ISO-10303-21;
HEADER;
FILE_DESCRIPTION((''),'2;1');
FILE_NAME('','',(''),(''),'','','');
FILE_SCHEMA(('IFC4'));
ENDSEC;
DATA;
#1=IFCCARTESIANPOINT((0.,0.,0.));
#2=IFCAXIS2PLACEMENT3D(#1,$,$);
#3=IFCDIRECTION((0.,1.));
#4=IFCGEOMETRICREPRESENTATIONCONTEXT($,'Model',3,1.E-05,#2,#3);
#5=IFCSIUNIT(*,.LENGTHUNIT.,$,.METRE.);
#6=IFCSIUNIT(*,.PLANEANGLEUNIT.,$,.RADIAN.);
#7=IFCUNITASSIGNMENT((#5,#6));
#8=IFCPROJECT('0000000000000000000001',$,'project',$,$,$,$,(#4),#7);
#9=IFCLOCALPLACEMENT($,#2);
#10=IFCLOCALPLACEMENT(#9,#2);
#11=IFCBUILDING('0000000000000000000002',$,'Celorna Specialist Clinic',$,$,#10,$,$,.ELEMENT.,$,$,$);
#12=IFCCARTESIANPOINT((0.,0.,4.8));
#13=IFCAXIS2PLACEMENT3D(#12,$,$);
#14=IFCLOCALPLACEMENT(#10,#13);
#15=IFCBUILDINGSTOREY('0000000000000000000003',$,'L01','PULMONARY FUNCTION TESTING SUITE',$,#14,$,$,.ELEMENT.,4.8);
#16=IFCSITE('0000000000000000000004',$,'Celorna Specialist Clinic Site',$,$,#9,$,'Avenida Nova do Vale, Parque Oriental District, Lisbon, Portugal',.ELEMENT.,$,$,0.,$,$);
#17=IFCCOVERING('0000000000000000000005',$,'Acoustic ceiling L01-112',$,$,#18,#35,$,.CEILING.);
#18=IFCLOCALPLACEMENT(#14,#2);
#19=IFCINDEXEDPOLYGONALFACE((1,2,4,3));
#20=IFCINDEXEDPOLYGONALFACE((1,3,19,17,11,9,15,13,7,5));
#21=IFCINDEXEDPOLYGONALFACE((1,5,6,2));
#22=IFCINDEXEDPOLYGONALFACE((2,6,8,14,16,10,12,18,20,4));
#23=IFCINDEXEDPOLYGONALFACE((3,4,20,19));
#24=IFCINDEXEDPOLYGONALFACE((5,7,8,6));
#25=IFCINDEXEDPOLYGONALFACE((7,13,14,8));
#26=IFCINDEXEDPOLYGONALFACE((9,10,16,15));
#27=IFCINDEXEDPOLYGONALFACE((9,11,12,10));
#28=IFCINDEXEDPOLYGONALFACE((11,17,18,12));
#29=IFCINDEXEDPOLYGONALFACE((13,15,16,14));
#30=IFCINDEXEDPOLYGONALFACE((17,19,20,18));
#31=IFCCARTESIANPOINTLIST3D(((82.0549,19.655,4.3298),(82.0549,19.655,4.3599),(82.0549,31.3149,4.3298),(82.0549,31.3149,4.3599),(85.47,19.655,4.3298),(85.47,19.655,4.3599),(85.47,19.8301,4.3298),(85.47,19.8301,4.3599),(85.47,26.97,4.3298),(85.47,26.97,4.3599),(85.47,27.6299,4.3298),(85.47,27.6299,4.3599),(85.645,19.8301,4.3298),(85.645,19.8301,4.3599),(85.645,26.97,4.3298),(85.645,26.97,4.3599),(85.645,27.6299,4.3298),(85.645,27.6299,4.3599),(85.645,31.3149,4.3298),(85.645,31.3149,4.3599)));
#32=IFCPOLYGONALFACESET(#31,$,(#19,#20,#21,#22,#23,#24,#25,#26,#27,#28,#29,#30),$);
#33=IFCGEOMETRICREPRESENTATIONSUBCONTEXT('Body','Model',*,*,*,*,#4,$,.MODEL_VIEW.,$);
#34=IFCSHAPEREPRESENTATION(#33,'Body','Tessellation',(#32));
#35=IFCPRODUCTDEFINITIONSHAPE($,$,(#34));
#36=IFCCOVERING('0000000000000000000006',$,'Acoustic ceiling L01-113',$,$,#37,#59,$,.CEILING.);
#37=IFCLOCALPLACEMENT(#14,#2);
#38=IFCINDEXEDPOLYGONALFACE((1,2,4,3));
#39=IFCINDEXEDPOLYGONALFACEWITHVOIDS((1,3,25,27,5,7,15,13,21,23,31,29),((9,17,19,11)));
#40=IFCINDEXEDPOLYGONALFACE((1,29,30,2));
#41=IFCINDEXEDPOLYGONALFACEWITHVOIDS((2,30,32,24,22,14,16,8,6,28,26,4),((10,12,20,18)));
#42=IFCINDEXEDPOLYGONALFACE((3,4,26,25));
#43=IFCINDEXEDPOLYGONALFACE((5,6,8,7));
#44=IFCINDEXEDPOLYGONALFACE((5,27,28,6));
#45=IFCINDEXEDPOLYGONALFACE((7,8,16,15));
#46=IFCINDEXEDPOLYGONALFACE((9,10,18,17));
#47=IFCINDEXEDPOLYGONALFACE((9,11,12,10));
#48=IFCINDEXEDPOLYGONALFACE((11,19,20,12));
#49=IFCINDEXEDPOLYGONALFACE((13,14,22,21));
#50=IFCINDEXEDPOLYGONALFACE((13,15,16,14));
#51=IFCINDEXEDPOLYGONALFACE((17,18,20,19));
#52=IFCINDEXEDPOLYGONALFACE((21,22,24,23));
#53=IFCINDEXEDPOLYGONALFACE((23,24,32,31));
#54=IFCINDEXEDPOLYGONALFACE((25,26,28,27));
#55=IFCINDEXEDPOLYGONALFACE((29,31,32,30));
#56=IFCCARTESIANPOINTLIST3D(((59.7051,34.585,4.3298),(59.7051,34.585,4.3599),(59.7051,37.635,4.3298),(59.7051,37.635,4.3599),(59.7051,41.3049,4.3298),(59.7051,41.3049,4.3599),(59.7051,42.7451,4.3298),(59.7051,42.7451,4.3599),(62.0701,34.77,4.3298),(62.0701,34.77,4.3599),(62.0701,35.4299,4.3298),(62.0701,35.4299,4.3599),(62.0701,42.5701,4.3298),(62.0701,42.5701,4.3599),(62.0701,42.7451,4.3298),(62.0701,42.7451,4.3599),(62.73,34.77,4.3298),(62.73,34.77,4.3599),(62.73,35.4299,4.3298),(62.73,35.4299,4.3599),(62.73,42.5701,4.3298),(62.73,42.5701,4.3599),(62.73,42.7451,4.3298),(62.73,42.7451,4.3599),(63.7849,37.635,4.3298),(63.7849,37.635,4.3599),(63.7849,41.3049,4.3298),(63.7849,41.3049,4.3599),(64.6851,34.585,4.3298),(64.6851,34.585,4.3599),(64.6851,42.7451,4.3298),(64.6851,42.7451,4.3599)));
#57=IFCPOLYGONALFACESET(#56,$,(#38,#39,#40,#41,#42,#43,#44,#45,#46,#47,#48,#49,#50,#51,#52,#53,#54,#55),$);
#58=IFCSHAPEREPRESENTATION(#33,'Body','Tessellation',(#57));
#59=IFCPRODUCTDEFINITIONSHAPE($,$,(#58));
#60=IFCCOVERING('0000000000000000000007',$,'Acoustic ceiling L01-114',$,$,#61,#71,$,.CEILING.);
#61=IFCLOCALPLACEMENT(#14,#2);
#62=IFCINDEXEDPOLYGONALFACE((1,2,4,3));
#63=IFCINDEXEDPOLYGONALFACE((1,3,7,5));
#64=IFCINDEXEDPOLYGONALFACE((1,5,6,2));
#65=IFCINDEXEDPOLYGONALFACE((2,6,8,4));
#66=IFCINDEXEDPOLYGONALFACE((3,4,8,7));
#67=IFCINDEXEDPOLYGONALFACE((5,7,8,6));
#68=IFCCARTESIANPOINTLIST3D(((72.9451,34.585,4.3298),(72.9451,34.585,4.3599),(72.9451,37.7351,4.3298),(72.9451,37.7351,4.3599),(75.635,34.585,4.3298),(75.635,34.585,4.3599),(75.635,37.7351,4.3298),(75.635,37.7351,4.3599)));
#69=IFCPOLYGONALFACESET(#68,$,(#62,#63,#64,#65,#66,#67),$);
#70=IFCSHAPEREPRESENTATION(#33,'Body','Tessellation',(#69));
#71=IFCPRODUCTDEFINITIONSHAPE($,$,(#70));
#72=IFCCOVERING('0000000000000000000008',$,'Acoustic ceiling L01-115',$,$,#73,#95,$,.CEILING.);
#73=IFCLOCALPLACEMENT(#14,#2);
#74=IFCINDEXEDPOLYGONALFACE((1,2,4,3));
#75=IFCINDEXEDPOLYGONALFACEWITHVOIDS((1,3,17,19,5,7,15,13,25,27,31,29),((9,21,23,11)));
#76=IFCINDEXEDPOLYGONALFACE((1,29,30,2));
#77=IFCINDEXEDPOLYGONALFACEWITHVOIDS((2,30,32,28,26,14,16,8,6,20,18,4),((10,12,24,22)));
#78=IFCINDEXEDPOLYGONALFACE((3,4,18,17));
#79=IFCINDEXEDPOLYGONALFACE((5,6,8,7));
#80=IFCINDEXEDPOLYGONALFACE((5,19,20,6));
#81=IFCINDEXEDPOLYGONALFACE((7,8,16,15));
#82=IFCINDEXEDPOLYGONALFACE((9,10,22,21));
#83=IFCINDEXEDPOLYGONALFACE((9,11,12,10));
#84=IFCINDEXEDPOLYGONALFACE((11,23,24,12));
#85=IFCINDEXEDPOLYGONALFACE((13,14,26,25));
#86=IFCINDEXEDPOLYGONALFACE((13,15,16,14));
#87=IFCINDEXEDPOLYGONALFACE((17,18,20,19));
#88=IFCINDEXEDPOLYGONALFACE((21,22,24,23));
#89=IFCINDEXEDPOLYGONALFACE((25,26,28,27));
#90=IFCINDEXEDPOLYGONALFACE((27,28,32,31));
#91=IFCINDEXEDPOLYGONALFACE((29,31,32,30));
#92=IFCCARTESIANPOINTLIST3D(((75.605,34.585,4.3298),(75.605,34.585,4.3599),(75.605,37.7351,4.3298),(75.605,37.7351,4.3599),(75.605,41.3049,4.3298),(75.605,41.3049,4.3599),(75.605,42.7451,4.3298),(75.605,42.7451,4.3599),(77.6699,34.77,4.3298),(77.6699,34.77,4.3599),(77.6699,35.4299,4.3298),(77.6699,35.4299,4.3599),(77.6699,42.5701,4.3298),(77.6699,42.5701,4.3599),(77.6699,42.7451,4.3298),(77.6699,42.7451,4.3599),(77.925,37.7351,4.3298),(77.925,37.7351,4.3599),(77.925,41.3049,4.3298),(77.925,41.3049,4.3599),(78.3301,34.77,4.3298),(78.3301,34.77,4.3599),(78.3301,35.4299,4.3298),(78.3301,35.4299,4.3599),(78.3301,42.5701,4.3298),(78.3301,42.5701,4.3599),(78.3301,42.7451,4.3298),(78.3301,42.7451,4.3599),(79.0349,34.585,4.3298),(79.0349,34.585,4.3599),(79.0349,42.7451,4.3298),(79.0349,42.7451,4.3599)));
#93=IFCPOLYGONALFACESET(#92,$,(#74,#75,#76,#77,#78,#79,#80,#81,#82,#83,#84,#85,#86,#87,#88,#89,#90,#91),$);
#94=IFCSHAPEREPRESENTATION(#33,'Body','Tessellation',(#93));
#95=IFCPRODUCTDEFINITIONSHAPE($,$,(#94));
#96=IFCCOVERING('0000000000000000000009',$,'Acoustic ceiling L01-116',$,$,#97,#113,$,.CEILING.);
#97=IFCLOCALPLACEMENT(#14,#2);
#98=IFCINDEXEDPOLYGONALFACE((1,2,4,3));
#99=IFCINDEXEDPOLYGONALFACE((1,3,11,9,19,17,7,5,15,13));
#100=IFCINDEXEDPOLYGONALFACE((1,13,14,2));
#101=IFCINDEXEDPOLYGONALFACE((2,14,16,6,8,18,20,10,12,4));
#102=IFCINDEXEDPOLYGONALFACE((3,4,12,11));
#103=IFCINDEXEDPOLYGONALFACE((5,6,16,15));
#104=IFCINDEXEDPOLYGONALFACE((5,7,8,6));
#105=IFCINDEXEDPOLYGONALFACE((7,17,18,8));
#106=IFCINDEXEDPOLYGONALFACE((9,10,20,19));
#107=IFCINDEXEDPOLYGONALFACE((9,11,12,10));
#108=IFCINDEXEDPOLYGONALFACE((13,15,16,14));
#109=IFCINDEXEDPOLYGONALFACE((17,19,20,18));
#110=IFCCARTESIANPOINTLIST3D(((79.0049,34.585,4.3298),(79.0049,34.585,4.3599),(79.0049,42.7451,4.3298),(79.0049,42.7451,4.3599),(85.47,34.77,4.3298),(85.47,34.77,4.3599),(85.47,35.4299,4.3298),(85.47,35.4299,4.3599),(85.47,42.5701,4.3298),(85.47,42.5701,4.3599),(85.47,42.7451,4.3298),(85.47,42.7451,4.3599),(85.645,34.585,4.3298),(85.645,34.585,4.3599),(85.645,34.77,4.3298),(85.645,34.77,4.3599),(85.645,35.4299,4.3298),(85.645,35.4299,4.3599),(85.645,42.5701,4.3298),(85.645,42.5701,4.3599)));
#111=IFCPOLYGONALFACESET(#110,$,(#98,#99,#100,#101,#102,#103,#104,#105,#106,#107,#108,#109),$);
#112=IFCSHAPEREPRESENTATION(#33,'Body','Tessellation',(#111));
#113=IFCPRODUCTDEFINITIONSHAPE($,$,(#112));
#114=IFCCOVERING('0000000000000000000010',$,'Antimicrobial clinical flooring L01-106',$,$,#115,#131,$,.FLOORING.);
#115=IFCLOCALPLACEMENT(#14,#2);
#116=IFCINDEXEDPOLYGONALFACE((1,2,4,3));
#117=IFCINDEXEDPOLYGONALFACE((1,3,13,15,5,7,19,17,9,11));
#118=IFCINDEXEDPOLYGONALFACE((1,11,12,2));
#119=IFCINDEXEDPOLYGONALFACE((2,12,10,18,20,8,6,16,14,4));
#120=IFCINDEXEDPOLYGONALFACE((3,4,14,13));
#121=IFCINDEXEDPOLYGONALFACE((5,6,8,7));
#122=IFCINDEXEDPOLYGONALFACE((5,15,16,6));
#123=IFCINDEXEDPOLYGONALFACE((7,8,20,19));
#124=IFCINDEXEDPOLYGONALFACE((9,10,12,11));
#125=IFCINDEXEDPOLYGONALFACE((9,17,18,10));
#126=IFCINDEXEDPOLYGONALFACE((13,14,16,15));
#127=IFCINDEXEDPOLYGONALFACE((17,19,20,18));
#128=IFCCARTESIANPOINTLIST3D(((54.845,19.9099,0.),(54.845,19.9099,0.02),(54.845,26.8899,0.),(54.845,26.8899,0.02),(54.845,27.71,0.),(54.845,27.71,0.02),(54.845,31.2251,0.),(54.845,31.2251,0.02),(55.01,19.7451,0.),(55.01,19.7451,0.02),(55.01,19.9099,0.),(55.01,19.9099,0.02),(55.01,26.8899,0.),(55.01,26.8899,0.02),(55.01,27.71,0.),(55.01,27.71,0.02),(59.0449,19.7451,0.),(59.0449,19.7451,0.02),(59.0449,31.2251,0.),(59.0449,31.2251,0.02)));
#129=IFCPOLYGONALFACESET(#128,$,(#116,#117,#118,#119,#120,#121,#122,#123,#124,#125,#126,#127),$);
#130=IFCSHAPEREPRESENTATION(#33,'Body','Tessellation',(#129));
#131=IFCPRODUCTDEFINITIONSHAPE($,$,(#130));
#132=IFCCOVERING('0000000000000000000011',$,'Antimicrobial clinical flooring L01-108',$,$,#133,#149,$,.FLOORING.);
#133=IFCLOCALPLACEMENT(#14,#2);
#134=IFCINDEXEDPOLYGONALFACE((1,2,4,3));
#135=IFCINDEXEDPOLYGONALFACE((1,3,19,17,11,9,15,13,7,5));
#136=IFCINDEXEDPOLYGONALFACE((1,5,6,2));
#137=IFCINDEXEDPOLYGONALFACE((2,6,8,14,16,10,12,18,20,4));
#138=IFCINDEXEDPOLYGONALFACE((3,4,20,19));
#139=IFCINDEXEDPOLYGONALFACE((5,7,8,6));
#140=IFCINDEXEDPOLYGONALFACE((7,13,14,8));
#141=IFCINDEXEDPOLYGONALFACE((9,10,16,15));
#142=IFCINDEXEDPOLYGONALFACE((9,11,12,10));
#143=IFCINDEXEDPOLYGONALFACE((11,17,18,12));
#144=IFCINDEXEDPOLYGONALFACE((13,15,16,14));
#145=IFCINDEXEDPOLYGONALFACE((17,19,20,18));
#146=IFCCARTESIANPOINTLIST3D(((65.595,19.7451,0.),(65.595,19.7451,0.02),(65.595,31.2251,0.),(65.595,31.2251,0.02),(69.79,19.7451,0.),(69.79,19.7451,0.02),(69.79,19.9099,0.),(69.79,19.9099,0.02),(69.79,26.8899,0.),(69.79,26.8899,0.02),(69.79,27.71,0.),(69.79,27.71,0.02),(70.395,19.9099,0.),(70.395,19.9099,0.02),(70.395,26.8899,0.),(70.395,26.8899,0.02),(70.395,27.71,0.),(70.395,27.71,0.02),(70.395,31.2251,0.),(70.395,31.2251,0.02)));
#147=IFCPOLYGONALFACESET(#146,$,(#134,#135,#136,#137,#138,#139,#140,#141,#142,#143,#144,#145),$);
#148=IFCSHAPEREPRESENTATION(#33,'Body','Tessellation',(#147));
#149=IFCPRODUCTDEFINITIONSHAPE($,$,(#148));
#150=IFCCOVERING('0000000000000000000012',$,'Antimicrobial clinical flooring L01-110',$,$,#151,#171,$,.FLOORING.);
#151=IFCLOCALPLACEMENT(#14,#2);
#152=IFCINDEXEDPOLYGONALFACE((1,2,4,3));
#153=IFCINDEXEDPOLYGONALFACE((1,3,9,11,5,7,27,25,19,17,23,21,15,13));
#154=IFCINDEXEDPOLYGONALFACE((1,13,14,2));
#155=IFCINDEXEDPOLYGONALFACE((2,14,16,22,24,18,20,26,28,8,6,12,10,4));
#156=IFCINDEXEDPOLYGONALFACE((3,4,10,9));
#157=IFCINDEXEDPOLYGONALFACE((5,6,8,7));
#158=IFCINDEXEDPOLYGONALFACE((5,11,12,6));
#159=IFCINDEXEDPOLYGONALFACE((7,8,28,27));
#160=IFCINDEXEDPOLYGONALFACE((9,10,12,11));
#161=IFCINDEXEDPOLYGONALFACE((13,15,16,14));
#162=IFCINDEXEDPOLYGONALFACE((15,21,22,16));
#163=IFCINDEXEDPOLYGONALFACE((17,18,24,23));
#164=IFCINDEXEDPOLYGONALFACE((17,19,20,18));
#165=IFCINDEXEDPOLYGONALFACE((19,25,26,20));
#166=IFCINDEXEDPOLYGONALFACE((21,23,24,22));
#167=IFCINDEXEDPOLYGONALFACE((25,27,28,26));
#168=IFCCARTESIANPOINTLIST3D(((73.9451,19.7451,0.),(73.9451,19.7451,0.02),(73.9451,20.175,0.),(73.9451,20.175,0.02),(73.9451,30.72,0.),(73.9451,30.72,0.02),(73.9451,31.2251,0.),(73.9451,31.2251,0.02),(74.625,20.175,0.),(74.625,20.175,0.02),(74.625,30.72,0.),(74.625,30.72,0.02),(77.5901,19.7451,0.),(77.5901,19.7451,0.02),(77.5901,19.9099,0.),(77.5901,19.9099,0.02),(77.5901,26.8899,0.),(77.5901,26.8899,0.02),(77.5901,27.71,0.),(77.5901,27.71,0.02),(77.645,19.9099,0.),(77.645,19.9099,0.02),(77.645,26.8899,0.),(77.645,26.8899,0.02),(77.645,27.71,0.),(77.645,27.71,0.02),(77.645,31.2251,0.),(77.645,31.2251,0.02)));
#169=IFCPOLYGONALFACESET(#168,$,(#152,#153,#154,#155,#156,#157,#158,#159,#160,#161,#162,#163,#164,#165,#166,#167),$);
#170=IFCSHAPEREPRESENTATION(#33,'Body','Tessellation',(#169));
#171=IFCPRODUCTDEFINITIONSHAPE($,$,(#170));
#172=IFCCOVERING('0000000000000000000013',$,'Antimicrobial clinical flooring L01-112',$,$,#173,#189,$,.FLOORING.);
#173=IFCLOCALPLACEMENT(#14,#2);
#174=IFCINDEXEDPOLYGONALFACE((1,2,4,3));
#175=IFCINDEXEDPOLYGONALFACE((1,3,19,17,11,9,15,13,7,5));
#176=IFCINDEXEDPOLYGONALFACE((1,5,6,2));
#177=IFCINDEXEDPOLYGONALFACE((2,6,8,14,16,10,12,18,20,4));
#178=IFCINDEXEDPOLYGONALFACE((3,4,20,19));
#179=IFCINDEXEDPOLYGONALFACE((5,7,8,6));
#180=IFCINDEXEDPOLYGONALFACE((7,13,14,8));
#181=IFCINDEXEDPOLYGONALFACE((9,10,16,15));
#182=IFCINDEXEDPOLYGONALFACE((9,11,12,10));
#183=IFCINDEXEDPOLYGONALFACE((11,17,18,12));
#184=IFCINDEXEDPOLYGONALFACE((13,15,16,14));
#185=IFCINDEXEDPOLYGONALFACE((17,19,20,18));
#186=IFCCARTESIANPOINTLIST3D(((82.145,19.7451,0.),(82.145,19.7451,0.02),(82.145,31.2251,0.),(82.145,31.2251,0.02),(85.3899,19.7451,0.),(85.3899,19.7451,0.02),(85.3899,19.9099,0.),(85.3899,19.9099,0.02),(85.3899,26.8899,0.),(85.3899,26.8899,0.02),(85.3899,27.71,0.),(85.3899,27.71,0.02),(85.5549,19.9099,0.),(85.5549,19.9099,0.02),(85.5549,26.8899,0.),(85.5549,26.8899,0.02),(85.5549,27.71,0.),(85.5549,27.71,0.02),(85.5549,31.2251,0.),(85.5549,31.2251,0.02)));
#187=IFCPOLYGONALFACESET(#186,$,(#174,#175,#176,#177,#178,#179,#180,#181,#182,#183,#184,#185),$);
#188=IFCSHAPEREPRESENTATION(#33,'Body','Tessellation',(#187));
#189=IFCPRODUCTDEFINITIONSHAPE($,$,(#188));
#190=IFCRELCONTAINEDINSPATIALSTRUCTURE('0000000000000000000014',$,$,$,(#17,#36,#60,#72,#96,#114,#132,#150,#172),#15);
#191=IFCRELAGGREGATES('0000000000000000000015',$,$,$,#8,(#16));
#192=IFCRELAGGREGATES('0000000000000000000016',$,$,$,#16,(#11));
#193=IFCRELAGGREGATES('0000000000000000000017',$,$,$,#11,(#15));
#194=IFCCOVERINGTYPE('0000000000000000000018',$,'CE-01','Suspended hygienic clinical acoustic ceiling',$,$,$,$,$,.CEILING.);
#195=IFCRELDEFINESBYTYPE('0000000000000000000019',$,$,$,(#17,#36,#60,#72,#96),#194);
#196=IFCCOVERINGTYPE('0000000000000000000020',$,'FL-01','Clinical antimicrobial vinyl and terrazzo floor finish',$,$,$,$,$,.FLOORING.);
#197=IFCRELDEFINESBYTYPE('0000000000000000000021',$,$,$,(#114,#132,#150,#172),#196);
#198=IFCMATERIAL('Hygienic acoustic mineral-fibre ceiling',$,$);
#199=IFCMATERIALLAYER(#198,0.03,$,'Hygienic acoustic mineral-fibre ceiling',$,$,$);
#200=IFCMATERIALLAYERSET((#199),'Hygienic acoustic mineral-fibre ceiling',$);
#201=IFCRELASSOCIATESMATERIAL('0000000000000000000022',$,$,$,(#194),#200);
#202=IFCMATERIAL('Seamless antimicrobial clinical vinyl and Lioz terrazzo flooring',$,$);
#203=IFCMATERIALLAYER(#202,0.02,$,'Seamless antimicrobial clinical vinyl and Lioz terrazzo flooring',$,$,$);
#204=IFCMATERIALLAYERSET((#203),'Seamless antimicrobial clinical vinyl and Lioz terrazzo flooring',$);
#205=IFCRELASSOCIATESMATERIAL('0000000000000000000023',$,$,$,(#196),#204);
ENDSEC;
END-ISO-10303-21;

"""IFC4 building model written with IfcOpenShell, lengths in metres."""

from ifc_helpers import new_model, si_unit, direction, frame, origin, place, context, subcontext, project, spatial, polyline, outline, extrude, material, layer, layer_set, type_object, element, save


model = new_model("IFC4")

# Units and contexts
model_context = context("Model", 3, precision=1e-05, world=origin(), true_north=direction((0.0, 1.0)))
body_context = subcontext(model_context, "Body", "Model", "MODEL_VIEW")
ifc_project = project(units=[si_unit("LENGTHUNIT", "METRE"), si_unit("PLANEANGLEUNIT", "RADIAN")], contexts=[model_context])

# Site, building, storey
site_placement = place(None, origin())
site = spatial("IfcSite", under=ifc_project, at=site_placement, Name="Celorna Specialist Clinic Site", LongName="Avenida Nova do Vale, Parque Oriental District, Lisbon, Portugal", CompositionType="ELEMENT", RefElevation=0.0)
building_placement = place(site_placement, origin())
building = spatial("IfcBuilding", under=site, at=building_placement, Name="Celorna Specialist Clinic", CompositionType="ELEMENT")
storey_placement = place(building_placement, frame((0.0, 0.0, 4.8)))
storey = spatial("IfcBuildingStorey", under=building, at=storey_placement, Name="L01", Description="PULMONARY FUNCTION TESTING SUITE", CompositionType="ELEMENT", Elevation=4.8)

# Coverings
ifc_material_1 = material(Name="Hygienic acoustic mineral-fibre ceiling")
ifc_layer_1 = layer(ifc_material_1, 0.03, Name="Hygienic acoustic mineral-fibre ceiling")
ifc_layer_set_1 = layer_set([ifc_layer_1], Name="Hygienic acoustic mineral-fibre ceiling")
covering_type_1 = type_object("IfcCoveringType", Name="CE-01", Description="Suspended hygienic clinical acoustic ceiling", PredefinedType="CEILING", material=ifc_layer_set_1)
covering_1_placement = place(storey_placement, frame((0.0, 0.0, 4.3298)))
element("IfcCovering", 1, at=covering_1_placement, inside=storey, type_object=covering_type_1, Name="Acoustic ceiling L01-112", PredefinedType="CEILING", context=body_context, shape_type="SweptSolid", body=[
    extrude(outline(polyline([(85.645, 31.3149), (85.645, 27.6299), (85.47, 27.6299), (85.47, 26.97), (85.645, 26.97), (85.645, 19.8301), (85.47, 19.8301), (85.47, 19.655), (82.0549, 19.655), (82.0549, 31.3149), (85.645, 31.3149)])), origin(), (0.0, 0.0, 1.0), 0.03),
])
covering_2_placement = place(storey_placement, frame((0.0, 0.0, 4.3298)))
element("IfcCovering", 2, at=covering_2_placement, inside=storey, type_object=covering_type_1, Name="Acoustic ceiling L01-113", PredefinedType="CEILING", context=body_context, shape_type="SweptSolid", body=[
    extrude(outline(polyline([(64.6851, 42.7451), (64.6851, 34.585), (59.7051, 34.585), (59.7051, 37.635), (63.7849, 37.635), (63.7849, 41.3049), (59.7051, 41.3049), (59.7051, 42.7451), (62.0701, 42.7451), (62.0701, 42.5701), (62.73, 42.5701), (62.73, 42.7451), (64.6851, 42.7451)]), holes=[polyline([(62.73, 35.4299), (62.0701, 35.4299), (62.0701, 34.77), (62.73, 34.77), (62.73, 35.4299)])]), origin(), (0.0, 0.0, 1.0), 0.03),
])
covering_3_placement = place(storey_placement, frame((0.0, 0.0, 4.3298)))
element("IfcCovering", 3, at=covering_3_placement, inside=storey, type_object=covering_type_1, Name="Acoustic ceiling L01-114", PredefinedType="CEILING", context=body_context, shape_type="SweptSolid", body=[
    extrude(outline(polyline([(72.9451, 37.7351), (75.635, 37.7351), (75.635, 34.585), (72.9451, 34.585), (72.9451, 37.7351)])), origin(), (0.0, 0.0, 1.0), 0.03),
])
covering_4_placement = place(storey_placement, frame((0.0, 0.0, 4.3298)))
element("IfcCovering", 4, at=covering_4_placement, inside=storey, type_object=covering_type_1, Name="Acoustic ceiling L01-115", PredefinedType="CEILING", context=body_context, shape_type="SweptSolid", body=[
    extrude(outline(polyline([(79.0349, 42.7451), (79.0349, 34.585), (75.605, 34.585), (75.605, 37.7351), (77.925, 37.7351), (77.925, 41.3049), (75.605, 41.3049), (75.605, 42.7451), (77.6699, 42.7451), (77.6699, 42.5701), (78.3301, 42.5701), (78.3301, 42.7451), (79.0349, 42.7451)]), holes=[polyline([(78.3301, 35.4299), (77.6699, 35.4299), (77.6699, 34.77), (78.3301, 34.77), (78.3301, 35.4299)])]), origin(), (0.0, 0.0, 1.0), 0.03),
])
covering_5_placement = place(storey_placement, frame((0.0, 0.0, 4.3298)))
element("IfcCovering", 5, at=covering_5_placement, inside=storey, type_object=covering_type_1, Name="Acoustic ceiling L01-116", PredefinedType="CEILING", context=body_context, shape_type="SweptSolid", body=[
    extrude(outline(polyline([(85.47, 42.7451), (85.47, 42.5701), (85.645, 42.5701), (85.645, 35.4299), (85.47, 35.4299), (85.47, 34.77), (85.645, 34.77), (85.645, 34.585), (79.0049, 34.585), (79.0049, 42.7451), (85.47, 42.7451)])), origin(), (0.0, 0.0, 1.0), 0.03),
])
ifc_material_2 = material(Name="Seamless antimicrobial clinical vinyl and Lioz terrazzo flooring")
ifc_layer_2 = layer(ifc_material_2, 0.02, Name="Seamless antimicrobial clinical vinyl and Lioz terrazzo flooring")
ifc_layer_set_2 = layer_set([ifc_layer_2], Name="Seamless antimicrobial clinical vinyl and Lioz terrazzo flooring")
covering_type_2 = type_object("IfcCoveringType", Name="FL-01", Description="Clinical antimicrobial vinyl and terrazzo floor finish", PredefinedType="FLOORING", material=ifc_layer_set_2)
covering_6_placement = place(storey_placement, origin())
element("IfcCovering", 6, at=covering_6_placement, inside=storey, type_object=covering_type_2, Name="Antimicrobial clinical flooring L01-106", PredefinedType="FLOORING", context=body_context, shape_type="SweptSolid", body=[
    extrude(outline(polyline([(54.845, 26.8899), (55.01, 26.8899), (55.01, 27.71), (54.845, 27.71), (54.845, 31.2251), (59.0449, 31.2251), (59.0449, 19.7451), (55.01, 19.7451), (55.01, 19.9099), (54.845, 19.9099), (54.845, 26.8899)])), origin(), (0.0, 0.0, 1.0), 0.02),
])
covering_7_placement = place(storey_placement, origin())
element("IfcCovering", 7, at=covering_7_placement, inside=storey, type_object=covering_type_2, Name="Antimicrobial clinical flooring L01-108", PredefinedType="FLOORING", context=body_context, shape_type="SweptSolid", body=[
    extrude(outline(polyline([(65.595, 31.2251), (70.395, 31.2251), (70.395, 27.71), (69.79, 27.71), (69.79, 26.8899), (70.395, 26.8899), (70.395, 19.9099), (69.79, 19.9099), (69.79, 19.7451), (65.595, 19.7451), (65.595, 31.2251)])), origin(), (0.0, 0.0, 1.0), 0.02),
])
covering_8_placement = place(storey_placement, origin())
element("IfcCovering", 8, at=covering_8_placement, inside=storey, type_object=covering_type_2, Name="Antimicrobial clinical flooring L01-110", PredefinedType="FLOORING", context=body_context, shape_type="SweptSolid", body=[
    extrude(outline(polyline([(77.645, 19.9099), (77.5901, 19.9099), (77.5901, 19.7451), (73.9451, 19.7451), (73.9451, 20.175), (74.625, 20.175), (74.625, 30.72), (73.9451, 30.72), (73.9451, 31.2251), (77.645, 31.2251), (77.645, 27.71), (77.5901, 27.71), (77.5901, 26.8899), (77.645, 26.8899), (77.645, 19.9099)])), origin(), (0.0, 0.0, 1.0), 0.02),
])
covering_9_placement = place(storey_placement, origin())
element("IfcCovering", 9, at=covering_9_placement, inside=storey, type_object=covering_type_2, Name="Antimicrobial clinical flooring L01-112", PredefinedType="FLOORING", context=body_context, shape_type="SweptSolid", body=[
    extrude(outline(polyline([(82.145, 31.2251), (85.5549, 31.2251), (85.5549, 27.71), (85.3899, 27.71), (85.3899, 26.8899), (85.5549, 26.8899), (85.5549, 19.9099), (85.3899, 19.9099), (85.3899, 19.7451), (82.145, 19.7451), (82.145, 31.2251)])), origin(), (0.0, 0.0, 1.0), 0.02),
])

save(model, "model.ifc")
